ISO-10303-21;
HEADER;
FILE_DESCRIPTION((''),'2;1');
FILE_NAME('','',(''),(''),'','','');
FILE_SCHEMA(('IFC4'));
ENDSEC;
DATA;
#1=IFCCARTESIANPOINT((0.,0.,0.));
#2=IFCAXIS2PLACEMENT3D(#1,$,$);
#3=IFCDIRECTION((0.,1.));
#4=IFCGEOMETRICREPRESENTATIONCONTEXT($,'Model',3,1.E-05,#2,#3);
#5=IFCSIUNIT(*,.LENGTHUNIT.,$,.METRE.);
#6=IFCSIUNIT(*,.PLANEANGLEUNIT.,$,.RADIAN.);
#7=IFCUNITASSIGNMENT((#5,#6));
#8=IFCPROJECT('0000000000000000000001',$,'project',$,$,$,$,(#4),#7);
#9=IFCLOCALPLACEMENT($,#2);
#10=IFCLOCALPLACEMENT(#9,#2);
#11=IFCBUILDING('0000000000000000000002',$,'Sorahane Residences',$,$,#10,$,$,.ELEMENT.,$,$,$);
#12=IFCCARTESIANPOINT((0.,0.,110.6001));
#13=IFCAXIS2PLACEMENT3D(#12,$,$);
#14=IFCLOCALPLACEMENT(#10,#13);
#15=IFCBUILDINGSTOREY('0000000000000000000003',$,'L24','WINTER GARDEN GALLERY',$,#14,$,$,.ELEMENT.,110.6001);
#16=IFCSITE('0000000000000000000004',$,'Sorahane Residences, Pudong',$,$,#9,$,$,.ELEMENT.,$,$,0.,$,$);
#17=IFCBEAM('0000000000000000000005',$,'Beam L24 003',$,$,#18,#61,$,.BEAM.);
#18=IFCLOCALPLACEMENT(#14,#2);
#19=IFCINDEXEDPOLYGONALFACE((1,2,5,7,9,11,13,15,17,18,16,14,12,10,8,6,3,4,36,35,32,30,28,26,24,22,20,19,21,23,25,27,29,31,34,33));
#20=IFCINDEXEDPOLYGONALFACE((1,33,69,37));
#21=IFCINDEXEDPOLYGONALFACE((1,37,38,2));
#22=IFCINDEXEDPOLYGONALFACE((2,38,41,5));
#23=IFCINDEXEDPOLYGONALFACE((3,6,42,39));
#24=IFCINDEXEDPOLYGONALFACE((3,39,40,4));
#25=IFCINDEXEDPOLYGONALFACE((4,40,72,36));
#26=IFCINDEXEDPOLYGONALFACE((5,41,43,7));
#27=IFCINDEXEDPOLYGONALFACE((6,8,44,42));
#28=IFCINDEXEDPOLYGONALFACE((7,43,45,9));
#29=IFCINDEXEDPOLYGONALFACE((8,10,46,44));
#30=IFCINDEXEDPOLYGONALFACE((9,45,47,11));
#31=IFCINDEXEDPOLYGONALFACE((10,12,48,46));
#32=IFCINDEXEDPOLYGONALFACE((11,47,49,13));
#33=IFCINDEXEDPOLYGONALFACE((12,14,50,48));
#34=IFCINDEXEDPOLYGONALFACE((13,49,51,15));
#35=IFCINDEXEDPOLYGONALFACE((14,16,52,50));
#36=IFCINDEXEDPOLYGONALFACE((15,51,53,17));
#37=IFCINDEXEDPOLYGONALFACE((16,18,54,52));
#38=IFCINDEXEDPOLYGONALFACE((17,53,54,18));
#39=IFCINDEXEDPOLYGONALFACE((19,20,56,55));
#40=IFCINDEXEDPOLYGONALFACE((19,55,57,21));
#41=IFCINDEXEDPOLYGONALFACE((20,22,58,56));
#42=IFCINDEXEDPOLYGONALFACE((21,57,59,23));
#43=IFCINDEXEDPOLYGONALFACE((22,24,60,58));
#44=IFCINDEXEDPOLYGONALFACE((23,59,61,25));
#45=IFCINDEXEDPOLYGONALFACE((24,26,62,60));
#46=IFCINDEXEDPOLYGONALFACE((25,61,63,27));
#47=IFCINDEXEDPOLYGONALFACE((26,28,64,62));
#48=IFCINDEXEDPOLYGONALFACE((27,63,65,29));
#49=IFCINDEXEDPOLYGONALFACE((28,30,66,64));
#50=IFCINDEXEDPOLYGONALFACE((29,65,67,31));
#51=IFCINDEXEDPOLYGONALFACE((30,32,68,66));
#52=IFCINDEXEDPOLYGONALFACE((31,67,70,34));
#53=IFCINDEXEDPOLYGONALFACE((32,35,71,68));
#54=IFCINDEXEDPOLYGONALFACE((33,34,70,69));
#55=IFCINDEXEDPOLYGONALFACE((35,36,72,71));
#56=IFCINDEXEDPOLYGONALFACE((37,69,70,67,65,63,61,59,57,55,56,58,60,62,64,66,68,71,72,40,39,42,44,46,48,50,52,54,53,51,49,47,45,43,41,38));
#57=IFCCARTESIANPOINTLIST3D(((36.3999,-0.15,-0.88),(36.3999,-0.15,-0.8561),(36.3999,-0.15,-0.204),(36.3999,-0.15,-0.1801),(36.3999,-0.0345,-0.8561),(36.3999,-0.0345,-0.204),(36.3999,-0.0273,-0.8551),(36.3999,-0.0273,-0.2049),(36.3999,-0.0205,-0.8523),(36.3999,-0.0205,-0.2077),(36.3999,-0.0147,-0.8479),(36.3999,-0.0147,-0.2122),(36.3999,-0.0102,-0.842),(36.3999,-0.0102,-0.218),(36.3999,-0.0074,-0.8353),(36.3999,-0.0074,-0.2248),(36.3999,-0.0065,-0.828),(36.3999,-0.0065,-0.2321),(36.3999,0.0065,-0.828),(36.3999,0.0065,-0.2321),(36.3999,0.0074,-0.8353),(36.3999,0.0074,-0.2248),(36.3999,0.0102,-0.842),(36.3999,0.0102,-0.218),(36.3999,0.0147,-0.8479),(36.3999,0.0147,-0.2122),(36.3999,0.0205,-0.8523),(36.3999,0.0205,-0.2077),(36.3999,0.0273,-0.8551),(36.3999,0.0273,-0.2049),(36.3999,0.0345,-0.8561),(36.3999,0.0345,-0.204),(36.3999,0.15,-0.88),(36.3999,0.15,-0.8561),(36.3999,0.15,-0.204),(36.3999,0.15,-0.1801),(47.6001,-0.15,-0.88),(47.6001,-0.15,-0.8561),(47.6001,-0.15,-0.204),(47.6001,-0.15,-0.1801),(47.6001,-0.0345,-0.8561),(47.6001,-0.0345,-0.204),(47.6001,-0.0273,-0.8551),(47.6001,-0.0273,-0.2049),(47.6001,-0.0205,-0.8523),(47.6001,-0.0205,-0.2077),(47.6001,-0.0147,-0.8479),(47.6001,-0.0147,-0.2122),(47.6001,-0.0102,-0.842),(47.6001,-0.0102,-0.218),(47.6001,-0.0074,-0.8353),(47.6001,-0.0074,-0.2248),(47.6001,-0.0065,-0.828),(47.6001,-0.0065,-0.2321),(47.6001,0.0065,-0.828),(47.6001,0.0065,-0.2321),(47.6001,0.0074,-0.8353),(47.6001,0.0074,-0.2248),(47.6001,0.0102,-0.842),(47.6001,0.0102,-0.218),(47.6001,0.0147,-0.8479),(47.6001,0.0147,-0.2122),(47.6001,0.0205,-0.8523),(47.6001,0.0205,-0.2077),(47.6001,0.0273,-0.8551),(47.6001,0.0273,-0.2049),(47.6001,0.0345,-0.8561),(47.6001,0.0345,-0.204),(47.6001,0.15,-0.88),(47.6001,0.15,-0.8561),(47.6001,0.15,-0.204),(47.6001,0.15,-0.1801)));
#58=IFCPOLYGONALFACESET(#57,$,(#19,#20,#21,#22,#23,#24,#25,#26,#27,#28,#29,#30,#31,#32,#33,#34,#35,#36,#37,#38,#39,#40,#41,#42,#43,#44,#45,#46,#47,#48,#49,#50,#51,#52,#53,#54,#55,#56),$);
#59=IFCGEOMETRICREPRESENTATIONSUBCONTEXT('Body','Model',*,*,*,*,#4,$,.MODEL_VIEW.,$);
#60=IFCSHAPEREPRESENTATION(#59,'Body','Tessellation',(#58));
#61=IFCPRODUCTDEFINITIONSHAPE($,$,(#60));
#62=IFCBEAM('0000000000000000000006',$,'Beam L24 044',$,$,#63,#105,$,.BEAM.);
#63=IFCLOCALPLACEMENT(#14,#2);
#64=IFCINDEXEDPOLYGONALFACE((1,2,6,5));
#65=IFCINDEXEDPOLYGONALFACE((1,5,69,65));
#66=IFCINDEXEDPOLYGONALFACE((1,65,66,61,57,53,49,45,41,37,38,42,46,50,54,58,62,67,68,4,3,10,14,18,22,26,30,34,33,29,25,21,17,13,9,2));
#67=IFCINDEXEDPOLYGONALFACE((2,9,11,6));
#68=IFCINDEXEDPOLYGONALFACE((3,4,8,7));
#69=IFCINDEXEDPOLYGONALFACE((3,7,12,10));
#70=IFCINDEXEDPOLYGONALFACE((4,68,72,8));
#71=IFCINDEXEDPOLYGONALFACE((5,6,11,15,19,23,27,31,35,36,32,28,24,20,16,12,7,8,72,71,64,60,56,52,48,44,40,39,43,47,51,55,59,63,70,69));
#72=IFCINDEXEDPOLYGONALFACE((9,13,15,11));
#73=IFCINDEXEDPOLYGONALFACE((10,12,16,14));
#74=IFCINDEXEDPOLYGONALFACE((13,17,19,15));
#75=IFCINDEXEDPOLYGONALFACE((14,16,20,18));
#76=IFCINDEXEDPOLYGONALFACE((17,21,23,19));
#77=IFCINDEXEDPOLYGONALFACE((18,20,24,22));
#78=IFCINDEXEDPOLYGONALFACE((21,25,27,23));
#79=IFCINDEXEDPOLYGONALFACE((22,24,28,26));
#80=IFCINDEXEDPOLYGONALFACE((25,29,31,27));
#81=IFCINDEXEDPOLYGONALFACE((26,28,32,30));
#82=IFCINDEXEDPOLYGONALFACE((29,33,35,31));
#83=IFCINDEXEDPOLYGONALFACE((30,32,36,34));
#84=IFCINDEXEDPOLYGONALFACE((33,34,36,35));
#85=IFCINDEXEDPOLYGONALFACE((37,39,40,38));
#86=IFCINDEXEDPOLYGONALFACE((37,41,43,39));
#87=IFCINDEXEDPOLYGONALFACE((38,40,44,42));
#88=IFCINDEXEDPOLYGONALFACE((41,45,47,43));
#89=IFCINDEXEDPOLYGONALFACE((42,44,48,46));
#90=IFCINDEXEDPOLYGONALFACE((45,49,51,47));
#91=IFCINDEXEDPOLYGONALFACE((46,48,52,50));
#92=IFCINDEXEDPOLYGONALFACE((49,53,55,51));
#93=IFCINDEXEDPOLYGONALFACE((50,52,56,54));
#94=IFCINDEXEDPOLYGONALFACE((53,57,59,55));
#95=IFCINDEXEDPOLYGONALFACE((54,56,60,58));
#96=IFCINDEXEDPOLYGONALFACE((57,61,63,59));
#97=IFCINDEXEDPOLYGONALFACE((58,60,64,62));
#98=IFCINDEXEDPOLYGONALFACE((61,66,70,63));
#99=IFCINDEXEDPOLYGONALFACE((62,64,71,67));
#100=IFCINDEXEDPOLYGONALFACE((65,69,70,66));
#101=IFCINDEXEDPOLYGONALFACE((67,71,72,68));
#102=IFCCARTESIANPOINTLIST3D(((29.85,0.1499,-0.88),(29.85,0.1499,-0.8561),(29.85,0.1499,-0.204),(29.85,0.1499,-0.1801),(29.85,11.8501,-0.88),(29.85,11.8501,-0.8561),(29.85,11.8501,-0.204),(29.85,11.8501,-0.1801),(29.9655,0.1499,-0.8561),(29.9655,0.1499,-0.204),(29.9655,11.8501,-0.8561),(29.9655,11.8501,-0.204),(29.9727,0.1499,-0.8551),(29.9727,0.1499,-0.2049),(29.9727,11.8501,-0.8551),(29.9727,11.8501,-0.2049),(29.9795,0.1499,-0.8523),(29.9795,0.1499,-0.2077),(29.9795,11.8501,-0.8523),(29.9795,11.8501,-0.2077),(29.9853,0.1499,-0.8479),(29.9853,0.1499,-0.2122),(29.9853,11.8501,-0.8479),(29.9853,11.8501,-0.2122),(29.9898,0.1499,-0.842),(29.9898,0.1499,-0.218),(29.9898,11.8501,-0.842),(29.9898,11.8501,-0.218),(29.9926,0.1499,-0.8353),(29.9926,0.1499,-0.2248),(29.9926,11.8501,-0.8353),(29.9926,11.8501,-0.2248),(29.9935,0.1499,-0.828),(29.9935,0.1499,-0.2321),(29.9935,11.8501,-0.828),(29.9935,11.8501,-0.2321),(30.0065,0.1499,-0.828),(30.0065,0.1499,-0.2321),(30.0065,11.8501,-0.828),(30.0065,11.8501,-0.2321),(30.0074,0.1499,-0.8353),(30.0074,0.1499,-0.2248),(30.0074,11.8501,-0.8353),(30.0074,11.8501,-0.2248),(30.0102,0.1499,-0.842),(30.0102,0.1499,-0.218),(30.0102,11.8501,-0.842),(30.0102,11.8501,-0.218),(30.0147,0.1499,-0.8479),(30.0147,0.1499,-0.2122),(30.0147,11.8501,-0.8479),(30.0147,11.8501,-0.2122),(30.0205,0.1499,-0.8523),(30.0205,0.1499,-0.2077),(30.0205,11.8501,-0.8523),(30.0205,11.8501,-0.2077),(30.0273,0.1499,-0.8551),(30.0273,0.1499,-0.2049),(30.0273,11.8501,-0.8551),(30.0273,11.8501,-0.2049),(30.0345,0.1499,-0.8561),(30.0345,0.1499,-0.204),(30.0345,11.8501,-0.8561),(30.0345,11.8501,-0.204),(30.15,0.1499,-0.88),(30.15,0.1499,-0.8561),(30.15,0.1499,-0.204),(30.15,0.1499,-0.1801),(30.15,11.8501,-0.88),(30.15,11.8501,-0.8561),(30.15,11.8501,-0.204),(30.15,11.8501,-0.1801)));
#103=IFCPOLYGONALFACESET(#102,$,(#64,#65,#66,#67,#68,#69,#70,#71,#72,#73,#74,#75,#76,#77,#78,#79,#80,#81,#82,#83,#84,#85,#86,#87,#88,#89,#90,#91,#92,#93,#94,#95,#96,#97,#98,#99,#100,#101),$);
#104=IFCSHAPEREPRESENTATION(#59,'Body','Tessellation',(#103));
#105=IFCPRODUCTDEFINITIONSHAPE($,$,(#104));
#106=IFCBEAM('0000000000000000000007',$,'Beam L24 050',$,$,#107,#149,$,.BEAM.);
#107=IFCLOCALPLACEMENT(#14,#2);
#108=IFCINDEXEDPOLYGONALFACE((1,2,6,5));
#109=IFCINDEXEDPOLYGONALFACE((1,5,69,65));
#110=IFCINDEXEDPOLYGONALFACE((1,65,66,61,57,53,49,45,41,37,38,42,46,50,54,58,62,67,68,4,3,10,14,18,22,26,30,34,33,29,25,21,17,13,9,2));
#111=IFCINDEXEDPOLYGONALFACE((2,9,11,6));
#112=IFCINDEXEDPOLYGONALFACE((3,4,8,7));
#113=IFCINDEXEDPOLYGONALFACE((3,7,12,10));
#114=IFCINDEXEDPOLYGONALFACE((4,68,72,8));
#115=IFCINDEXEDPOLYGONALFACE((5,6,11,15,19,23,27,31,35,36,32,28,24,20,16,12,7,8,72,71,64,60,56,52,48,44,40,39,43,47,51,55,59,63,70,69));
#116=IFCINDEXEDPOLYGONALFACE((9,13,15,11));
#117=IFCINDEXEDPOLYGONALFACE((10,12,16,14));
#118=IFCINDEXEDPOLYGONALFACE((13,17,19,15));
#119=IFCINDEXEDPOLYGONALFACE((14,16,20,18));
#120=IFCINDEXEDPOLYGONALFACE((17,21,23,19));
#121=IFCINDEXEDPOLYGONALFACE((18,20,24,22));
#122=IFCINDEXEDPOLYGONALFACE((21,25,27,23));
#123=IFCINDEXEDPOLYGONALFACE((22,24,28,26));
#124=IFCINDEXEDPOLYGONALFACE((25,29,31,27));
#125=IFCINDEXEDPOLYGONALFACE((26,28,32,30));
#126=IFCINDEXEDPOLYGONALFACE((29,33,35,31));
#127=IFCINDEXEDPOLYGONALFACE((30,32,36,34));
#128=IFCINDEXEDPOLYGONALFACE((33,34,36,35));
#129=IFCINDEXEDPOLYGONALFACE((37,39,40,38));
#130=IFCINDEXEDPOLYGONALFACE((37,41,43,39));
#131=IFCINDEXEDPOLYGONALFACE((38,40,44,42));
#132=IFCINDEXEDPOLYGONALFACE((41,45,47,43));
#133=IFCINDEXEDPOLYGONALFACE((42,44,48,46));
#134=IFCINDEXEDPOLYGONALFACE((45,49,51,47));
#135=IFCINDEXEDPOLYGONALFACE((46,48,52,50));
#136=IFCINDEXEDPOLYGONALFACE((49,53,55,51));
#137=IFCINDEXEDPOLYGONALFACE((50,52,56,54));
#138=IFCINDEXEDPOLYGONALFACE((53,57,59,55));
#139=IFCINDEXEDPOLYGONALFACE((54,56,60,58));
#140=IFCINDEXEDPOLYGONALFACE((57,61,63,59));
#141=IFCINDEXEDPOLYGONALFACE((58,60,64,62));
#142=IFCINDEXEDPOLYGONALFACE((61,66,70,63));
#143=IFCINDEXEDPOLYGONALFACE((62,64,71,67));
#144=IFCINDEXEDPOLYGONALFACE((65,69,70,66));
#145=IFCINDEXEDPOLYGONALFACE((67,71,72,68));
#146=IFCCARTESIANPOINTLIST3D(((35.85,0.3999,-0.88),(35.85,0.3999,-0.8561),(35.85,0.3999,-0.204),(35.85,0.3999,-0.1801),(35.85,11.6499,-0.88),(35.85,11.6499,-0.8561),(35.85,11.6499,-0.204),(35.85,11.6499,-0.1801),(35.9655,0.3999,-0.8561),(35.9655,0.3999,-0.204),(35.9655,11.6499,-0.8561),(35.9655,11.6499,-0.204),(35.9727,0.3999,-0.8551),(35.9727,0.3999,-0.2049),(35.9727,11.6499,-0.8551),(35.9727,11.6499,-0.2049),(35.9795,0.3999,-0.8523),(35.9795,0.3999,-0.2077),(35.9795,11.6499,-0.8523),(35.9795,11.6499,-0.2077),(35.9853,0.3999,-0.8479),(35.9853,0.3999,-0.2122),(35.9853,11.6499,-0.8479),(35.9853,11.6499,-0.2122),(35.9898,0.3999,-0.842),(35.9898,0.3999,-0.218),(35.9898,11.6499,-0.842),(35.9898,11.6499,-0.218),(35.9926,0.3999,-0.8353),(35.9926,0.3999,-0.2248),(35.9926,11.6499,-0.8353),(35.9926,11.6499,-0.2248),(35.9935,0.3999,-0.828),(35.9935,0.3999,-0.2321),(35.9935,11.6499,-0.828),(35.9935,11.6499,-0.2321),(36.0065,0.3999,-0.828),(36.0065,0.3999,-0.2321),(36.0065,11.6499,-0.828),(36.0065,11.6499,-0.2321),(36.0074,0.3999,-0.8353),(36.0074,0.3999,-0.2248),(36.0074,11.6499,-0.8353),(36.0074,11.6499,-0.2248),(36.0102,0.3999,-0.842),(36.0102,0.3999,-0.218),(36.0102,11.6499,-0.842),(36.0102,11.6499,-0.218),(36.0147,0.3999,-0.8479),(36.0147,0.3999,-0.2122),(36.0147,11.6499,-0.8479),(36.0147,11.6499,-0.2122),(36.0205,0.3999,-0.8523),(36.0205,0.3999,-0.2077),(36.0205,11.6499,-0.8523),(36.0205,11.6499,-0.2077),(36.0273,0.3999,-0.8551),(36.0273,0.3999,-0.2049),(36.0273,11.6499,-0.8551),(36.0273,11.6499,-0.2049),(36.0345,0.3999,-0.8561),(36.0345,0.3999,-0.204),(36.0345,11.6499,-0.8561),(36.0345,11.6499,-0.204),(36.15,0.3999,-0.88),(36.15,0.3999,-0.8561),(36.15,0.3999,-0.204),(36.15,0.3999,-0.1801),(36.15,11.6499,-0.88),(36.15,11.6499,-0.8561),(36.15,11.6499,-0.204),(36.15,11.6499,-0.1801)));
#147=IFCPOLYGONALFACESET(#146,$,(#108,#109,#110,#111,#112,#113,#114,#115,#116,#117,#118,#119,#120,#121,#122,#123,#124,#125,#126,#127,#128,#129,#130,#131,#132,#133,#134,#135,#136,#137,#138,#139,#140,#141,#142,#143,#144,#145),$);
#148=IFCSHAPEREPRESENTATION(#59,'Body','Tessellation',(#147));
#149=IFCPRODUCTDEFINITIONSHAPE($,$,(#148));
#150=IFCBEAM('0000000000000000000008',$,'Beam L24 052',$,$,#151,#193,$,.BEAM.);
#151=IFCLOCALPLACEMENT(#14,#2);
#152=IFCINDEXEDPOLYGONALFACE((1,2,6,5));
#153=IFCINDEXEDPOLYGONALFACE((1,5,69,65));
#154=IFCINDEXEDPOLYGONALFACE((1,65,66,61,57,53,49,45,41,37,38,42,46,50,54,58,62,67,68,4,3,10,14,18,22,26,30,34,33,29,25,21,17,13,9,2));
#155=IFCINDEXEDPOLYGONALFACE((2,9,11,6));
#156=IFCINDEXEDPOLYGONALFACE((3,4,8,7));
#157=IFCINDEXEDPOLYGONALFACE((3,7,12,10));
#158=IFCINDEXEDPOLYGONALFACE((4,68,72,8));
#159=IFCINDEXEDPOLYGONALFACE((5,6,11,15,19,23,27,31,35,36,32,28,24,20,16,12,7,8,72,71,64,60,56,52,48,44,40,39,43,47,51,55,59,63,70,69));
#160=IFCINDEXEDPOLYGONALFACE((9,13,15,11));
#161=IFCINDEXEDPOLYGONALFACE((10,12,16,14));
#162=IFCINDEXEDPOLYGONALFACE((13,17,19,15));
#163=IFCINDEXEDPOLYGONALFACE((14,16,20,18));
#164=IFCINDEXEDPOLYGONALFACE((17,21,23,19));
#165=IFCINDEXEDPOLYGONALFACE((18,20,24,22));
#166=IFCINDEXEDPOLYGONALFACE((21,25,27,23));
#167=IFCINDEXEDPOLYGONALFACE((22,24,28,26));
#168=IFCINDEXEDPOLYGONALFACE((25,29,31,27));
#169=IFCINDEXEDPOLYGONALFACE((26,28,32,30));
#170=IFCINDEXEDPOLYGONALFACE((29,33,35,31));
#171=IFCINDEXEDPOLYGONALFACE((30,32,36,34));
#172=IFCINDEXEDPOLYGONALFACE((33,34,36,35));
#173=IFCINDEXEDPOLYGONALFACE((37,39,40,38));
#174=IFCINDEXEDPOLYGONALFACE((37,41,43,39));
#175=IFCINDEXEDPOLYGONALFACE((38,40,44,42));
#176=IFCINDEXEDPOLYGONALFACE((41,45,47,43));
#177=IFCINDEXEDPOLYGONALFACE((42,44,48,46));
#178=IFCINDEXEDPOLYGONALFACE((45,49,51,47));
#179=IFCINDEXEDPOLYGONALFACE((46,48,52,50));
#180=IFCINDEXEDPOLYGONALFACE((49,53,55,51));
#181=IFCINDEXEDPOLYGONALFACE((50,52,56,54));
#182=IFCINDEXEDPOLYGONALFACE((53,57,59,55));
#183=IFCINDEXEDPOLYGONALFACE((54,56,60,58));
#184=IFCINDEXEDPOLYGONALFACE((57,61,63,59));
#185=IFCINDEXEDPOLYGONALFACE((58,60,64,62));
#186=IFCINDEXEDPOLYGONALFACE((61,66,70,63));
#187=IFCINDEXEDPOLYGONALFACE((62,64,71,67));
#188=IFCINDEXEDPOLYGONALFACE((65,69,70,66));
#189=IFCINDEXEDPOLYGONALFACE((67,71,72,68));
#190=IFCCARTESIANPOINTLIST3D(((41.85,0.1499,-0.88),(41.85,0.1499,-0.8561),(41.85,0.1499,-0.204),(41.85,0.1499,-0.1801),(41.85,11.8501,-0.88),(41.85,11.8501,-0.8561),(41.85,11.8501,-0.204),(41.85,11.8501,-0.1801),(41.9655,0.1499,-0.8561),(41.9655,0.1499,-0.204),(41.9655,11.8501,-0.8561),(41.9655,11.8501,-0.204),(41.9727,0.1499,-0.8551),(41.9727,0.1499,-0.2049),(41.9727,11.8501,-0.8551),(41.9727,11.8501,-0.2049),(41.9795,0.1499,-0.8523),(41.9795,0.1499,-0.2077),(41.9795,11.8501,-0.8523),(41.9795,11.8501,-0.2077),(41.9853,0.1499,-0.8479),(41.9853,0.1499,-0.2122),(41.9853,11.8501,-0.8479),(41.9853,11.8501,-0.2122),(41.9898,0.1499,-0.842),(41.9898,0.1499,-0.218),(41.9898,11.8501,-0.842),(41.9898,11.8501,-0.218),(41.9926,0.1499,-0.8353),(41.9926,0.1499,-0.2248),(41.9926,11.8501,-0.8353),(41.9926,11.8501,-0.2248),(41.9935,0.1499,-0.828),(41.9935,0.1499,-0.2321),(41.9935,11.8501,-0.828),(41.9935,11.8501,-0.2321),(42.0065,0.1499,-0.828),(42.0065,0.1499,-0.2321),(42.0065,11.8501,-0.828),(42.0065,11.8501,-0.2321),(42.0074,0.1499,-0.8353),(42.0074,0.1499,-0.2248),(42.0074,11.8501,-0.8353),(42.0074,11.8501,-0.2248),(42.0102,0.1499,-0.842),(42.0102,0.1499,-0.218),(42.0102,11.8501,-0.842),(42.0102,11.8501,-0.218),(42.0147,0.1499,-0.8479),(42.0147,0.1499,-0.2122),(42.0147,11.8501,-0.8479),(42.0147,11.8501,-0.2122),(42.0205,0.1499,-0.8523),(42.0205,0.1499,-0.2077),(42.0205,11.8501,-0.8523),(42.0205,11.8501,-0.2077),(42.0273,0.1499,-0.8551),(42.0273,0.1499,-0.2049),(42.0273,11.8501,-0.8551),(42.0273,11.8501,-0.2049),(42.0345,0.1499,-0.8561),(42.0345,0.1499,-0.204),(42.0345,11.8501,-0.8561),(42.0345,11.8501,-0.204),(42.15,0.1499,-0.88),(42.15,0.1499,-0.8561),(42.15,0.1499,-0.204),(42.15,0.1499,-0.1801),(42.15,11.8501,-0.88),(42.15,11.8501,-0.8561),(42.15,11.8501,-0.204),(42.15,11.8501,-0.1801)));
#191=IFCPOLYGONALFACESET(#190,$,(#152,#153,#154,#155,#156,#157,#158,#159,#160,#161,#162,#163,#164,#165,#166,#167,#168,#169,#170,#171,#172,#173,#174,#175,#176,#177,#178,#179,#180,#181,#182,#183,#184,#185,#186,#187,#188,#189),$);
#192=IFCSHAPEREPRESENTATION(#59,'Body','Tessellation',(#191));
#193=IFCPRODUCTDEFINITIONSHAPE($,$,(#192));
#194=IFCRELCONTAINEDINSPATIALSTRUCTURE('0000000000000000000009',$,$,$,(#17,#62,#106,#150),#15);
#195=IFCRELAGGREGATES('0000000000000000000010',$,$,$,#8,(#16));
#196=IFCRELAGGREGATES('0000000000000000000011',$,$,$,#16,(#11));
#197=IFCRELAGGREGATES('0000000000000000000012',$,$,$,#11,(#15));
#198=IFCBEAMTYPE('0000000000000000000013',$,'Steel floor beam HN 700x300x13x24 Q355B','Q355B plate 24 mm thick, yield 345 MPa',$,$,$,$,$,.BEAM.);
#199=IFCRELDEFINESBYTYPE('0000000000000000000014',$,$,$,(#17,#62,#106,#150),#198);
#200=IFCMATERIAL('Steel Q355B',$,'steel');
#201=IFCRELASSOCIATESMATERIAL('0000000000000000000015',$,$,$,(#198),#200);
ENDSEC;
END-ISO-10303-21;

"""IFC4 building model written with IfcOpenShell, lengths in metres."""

from ifc_helpers import new_model, si_unit, direction, frame, origin, origin_2d, place, context, subcontext, project, spatial, i_section, extrude, material, material_profile, profile_set, type_object, element, save


model = new_model("IFC4")

# Units and contexts
model_context = context("Model", 3, precision=1e-05, world=origin(), true_north=direction((0.0, 1.0)))
body_context = subcontext(model_context, "Body", "Model", "MODEL_VIEW")
ifc_project = project(units=[si_unit("LENGTHUNIT", "METRE"), si_unit("PLANEANGLEUNIT", "RADIAN")], contexts=[model_context])

# Site, building, storey
site_placement = place(None, origin())
site = spatial("IfcSite", under=ifc_project, at=site_placement, Name="Sorahane Residences, Pudong", CompositionType="ELEMENT", RefElevation=0.0)
building_placement = place(site_placement, origin())
building = spatial("IfcBuilding", under=site, at=building_placement, Name="Sorahane Residences", CompositionType="ELEMENT")
storey_placement = place(building_placement, frame((0.0, 0.0, 110.6001)))
storey = spatial("IfcBuildingStorey", under=building, at=storey_placement, Name="L24", Description="WINTER GARDEN GALLERY", CompositionType="ELEMENT", Elevation=110.6001)

# Beams
ifc_material_1 = material(Name="Steel Q355B", Category="steel")
ifc_material_profile_1 = material_profile(ifc_material_1, i_section(OverallWidth=0.3, OverallDepth=0.7, WebThickness=0.0129, FlangeThickness=0.0239, FilletRadius=0.0281, at=origin_2d()), Name="HN 700x300x13x24")
ifc_profile_set_1 = profile_set([ifc_material_profile_1], Name="Steel Q355B")
beam_type_1 = type_object("IfcBeamType", Name="Steel floor beam HN 700x300x13x24 Q355B", Description="Q355B plate 24 mm thick, yield 345 MPa", PredefinedType="BEAM", material=ifc_profile_set_1)
beam_1_placement = place(storey_placement, frame((36.3999, 0.0, -0.53), z_axis=(1.0, 0.0, 0.0), x_axis=(0.0, 1.0, 0.0)))
element("IfcBeam", 1, at=beam_1_placement, inside=storey, type_object=beam_type_1, Name="Beam L24 003", PredefinedType="BEAM", context=body_context, shape_type="SweptSolid", body=[
    extrude(i_section(OverallWidth=0.3, OverallDepth=0.7, WebThickness=0.0129, FlangeThickness=0.0239, FilletRadius=0.0281, at=origin_2d()), origin(), (0.0, 0.0, 1.0), 11.2002),
])
beam_2_placement = place(storey_placement, frame((30.0, 0.1499, -0.53), z_axis=(0.0, 1.0, 0.0), x_axis=(-1.0, 0.0, 0.0)))
element("IfcBeam", 2, at=beam_2_placement, inside=storey, type_object=beam_type_1, Name="Beam L24 044", PredefinedType="BEAM", context=body_context, shape_type="SweptSolid", body=[
    extrude(i_section(OverallWidth=0.3, OverallDepth=0.7, WebThickness=0.0129, FlangeThickness=0.0239, FilletRadius=0.0281, at=origin_2d()), origin(), (0.0, 0.0, 1.0), 11.7002),
])
beam_3_placement = place(storey_placement, frame((36.0, 0.3999, -0.53), z_axis=(0.0, 1.0, 0.0), x_axis=(-1.0, 0.0, 0.0)))
element("IfcBeam", 3, at=beam_3_placement, inside=storey, type_object=beam_type_1, Name="Beam L24 050", PredefinedType="BEAM", context=body_context, shape_type="SweptSolid", body=[
    extrude(i_section(OverallWidth=0.3, OverallDepth=0.7, WebThickness=0.0129, FlangeThickness=0.0239, FilletRadius=0.0281, at=origin_2d()), origin(), (0.0, 0.0, 1.0), 11.25),
])
beam_4_placement = place(storey_placement, frame((42.0, 0.1499, -0.53), z_axis=(0.0, 1.0, 0.0), x_axis=(-1.0, 0.0, 0.0)))
element("IfcBeam", 4, at=beam_4_placement, inside=storey, type_object=beam_type_1, Name="Beam L24 052", PredefinedType="BEAM", context=body_context, shape_type="SweptSolid", body=[
    extrude(i_section(OverallWidth=0.3, OverallDepth=0.7, WebThickness=0.0129, FlangeThickness=0.0239, FilletRadius=0.0281, at=origin_2d()), origin(), (0.0, 0.0, 1.0), 11.7002),
])

save(model, "model.ifc")
